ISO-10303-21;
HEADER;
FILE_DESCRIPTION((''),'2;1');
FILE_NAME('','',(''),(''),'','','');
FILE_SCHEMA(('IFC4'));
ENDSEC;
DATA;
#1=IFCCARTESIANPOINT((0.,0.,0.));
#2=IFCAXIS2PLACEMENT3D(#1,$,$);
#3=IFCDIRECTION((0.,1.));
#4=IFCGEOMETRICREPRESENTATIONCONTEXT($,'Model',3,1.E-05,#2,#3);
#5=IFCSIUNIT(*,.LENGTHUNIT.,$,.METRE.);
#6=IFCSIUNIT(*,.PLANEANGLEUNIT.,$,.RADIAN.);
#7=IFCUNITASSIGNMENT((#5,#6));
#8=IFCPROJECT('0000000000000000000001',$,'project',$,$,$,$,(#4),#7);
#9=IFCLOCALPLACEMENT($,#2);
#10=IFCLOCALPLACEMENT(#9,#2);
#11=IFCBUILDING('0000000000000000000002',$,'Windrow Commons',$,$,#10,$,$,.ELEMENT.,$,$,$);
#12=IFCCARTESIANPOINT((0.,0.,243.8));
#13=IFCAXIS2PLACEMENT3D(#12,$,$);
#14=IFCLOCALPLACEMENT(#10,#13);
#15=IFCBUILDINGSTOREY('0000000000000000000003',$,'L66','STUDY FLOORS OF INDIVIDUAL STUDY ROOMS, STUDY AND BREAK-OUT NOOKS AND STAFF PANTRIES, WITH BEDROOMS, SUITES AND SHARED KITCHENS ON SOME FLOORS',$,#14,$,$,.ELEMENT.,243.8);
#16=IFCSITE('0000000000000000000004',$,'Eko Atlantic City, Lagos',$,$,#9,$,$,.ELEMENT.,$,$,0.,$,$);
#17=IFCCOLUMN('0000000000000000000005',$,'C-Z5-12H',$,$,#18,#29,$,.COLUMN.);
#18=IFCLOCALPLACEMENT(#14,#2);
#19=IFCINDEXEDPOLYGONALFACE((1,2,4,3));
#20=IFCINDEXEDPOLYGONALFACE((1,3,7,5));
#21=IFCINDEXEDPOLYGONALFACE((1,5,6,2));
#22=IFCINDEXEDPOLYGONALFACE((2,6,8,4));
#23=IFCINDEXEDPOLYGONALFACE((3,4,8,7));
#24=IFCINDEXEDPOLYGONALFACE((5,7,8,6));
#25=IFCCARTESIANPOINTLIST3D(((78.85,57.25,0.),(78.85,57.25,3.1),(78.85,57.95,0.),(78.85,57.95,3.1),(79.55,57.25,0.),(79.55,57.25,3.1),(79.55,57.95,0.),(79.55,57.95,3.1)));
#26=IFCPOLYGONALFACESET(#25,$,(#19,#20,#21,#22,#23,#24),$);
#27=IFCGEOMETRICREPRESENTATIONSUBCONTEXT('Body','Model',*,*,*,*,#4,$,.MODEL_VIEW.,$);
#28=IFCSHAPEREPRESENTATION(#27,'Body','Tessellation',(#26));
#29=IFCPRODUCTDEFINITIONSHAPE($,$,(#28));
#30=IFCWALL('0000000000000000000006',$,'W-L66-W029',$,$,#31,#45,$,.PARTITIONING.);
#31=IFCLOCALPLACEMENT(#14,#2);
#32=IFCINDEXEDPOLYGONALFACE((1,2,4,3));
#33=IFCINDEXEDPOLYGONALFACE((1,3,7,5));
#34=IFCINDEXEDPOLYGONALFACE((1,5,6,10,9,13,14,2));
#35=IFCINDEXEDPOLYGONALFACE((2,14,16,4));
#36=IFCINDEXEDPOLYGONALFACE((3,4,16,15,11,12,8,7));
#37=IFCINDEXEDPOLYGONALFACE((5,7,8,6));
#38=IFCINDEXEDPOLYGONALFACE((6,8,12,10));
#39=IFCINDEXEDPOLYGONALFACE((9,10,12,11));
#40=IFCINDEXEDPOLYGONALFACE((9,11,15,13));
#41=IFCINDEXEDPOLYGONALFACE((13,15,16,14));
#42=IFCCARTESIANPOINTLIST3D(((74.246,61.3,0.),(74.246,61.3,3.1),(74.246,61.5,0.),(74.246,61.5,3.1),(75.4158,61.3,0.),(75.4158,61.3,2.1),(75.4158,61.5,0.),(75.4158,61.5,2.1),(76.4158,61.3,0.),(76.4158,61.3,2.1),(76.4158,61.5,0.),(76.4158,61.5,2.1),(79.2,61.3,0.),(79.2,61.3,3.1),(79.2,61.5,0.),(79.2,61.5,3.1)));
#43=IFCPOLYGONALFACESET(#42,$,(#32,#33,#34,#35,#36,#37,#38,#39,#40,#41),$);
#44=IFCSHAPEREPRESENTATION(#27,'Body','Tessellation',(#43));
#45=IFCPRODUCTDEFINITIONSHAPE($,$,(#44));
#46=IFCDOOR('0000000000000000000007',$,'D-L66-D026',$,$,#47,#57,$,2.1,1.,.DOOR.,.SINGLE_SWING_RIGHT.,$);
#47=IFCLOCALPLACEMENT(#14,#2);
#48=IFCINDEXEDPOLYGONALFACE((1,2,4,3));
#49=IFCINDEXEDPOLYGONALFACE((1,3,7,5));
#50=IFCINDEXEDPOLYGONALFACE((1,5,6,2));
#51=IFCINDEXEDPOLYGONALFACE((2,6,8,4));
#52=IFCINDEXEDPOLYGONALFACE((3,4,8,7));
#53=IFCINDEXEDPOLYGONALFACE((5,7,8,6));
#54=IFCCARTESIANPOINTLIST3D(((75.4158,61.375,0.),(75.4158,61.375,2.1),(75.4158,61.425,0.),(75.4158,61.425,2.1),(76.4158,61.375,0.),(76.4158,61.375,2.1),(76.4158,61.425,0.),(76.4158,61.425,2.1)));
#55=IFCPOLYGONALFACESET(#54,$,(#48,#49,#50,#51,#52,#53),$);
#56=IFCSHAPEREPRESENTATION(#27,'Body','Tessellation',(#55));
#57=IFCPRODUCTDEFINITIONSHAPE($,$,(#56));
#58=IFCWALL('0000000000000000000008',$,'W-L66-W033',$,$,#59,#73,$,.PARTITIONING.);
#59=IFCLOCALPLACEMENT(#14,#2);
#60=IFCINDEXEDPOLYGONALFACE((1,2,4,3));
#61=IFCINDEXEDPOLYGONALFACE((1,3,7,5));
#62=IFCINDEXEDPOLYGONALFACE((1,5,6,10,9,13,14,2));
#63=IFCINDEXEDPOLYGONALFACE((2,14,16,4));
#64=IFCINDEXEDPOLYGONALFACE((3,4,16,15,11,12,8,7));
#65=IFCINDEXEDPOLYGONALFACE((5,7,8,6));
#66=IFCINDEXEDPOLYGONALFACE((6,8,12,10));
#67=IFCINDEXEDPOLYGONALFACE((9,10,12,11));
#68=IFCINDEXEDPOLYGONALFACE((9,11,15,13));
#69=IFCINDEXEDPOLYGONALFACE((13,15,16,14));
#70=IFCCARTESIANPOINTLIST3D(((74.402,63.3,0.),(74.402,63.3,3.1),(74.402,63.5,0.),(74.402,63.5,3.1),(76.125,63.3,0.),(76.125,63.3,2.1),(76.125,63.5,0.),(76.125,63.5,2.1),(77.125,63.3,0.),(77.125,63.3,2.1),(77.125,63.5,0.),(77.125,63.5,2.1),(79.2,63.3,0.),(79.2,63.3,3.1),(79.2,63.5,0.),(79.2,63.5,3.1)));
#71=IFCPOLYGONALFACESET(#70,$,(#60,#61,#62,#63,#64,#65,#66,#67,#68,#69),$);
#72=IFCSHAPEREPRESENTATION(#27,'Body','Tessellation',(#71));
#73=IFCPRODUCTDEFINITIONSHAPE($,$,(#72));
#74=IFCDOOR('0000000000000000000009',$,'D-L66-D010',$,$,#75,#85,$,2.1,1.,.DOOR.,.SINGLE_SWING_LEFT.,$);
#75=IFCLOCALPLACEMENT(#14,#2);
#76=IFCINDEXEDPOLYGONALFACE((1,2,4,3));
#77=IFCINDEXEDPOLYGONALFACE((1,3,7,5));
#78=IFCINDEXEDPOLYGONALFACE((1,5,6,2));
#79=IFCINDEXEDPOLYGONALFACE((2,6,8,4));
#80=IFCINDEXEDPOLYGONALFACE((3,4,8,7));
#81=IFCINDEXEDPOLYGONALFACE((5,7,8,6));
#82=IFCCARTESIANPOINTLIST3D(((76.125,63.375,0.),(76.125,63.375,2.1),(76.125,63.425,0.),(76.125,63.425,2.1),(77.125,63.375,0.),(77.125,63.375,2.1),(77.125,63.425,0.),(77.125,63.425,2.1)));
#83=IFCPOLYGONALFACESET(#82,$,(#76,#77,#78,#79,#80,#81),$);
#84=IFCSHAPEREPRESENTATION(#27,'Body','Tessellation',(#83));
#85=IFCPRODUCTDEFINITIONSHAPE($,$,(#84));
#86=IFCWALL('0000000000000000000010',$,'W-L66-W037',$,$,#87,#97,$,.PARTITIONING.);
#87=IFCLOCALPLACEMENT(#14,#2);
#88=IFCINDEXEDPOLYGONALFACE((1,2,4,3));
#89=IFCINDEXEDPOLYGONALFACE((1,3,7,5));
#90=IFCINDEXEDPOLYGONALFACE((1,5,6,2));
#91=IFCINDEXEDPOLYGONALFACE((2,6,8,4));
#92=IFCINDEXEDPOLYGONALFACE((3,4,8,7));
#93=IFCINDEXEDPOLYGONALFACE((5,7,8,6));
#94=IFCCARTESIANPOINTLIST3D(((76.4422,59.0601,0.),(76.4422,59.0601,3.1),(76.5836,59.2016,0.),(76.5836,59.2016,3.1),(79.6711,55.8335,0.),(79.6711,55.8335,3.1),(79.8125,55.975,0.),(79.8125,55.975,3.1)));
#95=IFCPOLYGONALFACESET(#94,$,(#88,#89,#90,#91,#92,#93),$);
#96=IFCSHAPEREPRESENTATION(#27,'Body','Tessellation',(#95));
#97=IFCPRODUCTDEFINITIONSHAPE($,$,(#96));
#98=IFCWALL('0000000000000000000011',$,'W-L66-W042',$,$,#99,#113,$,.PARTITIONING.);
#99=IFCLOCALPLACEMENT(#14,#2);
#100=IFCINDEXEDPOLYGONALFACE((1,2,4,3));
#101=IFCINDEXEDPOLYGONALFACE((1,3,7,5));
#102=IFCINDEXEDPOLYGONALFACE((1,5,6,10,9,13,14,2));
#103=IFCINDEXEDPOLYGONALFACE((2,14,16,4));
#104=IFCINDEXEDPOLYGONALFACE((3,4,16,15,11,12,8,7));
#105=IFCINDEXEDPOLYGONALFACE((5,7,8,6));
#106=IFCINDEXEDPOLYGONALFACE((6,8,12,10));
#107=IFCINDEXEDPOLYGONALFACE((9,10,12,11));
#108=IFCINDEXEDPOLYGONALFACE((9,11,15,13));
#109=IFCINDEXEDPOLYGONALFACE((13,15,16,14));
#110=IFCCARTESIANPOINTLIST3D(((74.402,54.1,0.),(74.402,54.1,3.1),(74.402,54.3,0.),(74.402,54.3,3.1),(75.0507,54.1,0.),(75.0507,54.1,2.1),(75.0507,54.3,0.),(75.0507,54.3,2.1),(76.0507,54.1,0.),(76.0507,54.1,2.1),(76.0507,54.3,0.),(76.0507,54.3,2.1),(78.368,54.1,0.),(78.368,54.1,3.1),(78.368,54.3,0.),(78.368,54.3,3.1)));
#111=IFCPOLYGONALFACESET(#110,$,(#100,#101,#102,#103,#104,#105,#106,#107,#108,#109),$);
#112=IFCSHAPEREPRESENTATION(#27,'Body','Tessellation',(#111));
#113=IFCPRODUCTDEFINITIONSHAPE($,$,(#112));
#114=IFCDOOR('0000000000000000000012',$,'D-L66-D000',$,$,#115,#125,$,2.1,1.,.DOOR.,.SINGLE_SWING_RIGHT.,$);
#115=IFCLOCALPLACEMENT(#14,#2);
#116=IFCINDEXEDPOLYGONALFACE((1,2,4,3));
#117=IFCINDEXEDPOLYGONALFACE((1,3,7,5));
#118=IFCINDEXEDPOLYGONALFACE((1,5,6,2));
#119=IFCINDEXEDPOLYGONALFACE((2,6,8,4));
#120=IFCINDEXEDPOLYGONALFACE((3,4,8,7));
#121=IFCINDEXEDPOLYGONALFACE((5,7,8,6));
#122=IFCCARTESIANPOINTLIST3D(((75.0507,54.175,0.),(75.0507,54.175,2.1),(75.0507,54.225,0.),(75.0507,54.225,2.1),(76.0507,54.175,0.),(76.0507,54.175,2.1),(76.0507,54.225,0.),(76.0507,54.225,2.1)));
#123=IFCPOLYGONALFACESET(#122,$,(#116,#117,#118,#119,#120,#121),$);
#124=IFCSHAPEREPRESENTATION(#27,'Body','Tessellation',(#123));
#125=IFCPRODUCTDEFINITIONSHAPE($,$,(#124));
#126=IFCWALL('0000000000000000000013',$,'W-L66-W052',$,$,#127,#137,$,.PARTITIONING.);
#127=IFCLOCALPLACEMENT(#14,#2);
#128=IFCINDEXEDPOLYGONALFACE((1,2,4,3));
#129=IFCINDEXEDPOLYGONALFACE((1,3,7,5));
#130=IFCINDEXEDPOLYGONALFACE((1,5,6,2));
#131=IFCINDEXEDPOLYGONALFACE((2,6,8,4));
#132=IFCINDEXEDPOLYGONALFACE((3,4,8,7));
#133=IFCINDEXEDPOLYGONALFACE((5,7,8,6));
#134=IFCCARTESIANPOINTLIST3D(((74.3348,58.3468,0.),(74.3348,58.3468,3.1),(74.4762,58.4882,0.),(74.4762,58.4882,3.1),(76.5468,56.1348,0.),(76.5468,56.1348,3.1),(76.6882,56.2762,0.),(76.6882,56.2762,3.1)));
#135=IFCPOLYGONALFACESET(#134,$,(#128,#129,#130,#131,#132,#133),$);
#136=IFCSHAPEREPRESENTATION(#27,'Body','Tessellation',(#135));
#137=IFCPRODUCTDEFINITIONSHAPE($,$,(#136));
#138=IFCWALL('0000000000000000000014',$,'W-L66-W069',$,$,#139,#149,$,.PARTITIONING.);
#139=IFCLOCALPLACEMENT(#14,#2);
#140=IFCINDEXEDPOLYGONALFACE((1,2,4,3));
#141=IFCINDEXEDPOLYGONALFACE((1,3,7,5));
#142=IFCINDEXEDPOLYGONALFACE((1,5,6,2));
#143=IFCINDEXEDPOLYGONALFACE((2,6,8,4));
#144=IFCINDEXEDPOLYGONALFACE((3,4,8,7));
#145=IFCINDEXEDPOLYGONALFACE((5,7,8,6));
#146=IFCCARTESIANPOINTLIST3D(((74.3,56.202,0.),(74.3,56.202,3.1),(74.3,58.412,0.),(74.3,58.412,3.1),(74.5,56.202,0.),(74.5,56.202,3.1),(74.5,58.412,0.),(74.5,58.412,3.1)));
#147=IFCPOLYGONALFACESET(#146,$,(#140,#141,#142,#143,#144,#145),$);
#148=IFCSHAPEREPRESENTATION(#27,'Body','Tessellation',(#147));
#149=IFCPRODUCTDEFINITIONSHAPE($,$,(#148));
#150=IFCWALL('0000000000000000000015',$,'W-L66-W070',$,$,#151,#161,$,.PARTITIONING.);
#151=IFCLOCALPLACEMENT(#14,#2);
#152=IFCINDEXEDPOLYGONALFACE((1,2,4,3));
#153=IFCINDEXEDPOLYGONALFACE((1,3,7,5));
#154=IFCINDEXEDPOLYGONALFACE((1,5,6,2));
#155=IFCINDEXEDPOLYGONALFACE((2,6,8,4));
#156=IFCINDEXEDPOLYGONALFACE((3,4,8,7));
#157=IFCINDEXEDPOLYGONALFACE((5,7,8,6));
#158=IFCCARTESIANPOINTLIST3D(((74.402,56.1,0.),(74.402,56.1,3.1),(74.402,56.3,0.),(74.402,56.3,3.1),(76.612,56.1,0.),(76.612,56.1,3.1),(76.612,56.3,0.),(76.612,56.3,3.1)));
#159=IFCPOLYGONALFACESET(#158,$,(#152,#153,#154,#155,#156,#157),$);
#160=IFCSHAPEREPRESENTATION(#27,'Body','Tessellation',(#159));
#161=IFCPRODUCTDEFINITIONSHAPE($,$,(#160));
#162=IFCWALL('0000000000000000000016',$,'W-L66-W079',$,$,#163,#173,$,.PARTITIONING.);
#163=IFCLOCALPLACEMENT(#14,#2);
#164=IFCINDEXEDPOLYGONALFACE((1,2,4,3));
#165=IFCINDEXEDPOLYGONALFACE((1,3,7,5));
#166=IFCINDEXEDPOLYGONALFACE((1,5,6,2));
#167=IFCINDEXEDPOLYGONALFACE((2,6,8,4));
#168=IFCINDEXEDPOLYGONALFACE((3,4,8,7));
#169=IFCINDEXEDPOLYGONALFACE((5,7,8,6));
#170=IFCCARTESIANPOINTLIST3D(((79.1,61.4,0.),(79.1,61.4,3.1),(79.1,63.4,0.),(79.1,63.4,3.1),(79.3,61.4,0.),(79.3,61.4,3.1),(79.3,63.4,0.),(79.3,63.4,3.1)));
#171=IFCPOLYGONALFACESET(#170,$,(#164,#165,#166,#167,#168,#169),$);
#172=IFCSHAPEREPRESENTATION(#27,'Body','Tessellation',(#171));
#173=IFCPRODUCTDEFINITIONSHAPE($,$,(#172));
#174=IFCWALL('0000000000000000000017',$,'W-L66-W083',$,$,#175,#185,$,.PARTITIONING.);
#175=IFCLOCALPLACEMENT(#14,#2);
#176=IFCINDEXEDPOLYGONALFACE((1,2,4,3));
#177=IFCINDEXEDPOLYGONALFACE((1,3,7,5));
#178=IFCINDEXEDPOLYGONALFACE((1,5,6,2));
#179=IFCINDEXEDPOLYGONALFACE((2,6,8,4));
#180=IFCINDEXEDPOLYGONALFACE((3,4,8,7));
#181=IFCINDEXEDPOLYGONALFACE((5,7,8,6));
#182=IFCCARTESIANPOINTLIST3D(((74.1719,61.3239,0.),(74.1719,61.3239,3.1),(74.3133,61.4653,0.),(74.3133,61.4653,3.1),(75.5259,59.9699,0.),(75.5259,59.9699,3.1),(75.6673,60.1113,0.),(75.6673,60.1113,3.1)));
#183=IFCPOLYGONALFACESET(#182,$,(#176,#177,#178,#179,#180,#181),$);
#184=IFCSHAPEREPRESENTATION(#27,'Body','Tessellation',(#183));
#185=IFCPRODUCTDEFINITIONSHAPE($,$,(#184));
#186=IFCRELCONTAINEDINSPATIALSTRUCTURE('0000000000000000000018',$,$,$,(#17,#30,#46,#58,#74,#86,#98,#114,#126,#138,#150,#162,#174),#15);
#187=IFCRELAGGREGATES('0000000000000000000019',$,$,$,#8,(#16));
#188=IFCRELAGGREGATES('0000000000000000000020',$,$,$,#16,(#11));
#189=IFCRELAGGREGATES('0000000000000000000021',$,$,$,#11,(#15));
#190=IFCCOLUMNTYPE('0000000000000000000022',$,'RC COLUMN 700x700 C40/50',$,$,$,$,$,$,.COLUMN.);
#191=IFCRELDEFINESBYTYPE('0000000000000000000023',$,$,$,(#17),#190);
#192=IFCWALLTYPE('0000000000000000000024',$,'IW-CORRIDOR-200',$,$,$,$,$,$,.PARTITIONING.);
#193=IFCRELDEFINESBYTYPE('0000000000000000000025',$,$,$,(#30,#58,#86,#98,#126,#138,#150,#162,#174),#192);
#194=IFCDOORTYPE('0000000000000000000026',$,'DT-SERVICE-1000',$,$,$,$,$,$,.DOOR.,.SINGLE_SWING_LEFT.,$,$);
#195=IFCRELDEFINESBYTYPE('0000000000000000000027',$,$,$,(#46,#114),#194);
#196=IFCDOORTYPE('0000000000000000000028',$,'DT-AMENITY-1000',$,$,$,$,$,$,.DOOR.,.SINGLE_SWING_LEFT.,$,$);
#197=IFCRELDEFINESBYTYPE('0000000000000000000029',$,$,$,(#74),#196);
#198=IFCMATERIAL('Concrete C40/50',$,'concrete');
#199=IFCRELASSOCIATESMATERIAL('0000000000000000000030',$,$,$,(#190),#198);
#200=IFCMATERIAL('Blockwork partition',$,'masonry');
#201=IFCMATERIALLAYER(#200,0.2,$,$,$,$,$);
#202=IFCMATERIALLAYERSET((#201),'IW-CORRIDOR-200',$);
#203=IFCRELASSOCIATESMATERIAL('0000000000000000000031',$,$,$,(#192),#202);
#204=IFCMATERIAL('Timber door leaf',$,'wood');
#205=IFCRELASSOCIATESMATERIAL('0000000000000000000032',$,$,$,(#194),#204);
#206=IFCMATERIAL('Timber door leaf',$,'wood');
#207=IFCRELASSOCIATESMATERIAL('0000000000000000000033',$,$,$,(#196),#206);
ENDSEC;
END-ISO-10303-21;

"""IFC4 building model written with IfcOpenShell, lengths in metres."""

from ifc_helpers import new_model, si_unit, direction, frame, frame_2d, origin, origin_2d, place, context, subcontext, project, spatial, rectangle, extrude, material, layer, layer_set, material_profile, profile_set, type_object, element, fill, save


model = new_model("IFC4")

# Units and contexts
model_context = context("Model", 3, precision=1e-05, world=origin(), true_north=direction((0.0, 1.0)))
body_context = subcontext(model_context, "Body", "Model", "MODEL_VIEW")
ifc_project = project(units=[si_unit("LENGTHUNIT", "METRE"), si_unit("PLANEANGLEUNIT", "RADIAN")], contexts=[model_context])

# Site, building, storey
site_placement = place(None, origin())
site = spatial("IfcSite", under=ifc_project, at=site_placement, Name="Eko Atlantic City, Lagos", CompositionType="ELEMENT", RefElevation=0.0)
building_placement = place(site_placement, origin())
building = spatial("IfcBuilding", under=site, at=building_placement, Name="Windrow Commons", CompositionType="ELEMENT")
storey_placement = place(building_placement, frame((0.0, 0.0, 243.8)))
storey = spatial("IfcBuildingStorey", under=building, at=storey_placement, Name="L66", Description="STUDY FLOORS OF INDIVIDUAL STUDY ROOMS, STUDY AND BREAK-OUT NOOKS AND STAFF PANTRIES, WITH BEDROOMS, SUITES AND SHARED KITCHENS ON SOME FLOORS", CompositionType="ELEMENT", Elevation=243.8)

# Column
ifc_material_1 = material(Name="Concrete C40/50", Category="concrete")
ifc_material_profile = material_profile(ifc_material_1, rectangle(XDim=0.7, YDim=0.7, at=origin_2d()))
ifc_profile_set = profile_set([ifc_material_profile], Name="Concrete C40/50")
column_type = type_object("IfcColumnType", Name="RC COLUMN 700x700 C40/50", PredefinedType="COLUMN", material=ifc_profile_set)
column_placement = place(storey_placement, frame((79.2, 57.6, 0.0), z_axis=(0.0, 0.0, 1.0), x_axis=(1.0, 0.0, 0.0)))
element("IfcColumn", 1, at=column_placement, inside=storey, type_object=column_type, Name="C-Z5-12H", PredefinedType="COLUMN", context=body_context, shape_type="SweptSolid", body=[
    extrude(rectangle(XDim=0.7, YDim=0.7, at=origin_2d()), origin(), (0.0, 0.0, 1.0), 3.1),
])

# Walls, openings, doors
ifc_material_2 = material(Name="Blockwork partition", Category="masonry")
ifc_layer_1 = layer(ifc_material_2, 0.2)
ifc_layer_set_1 = layer_set([ifc_layer_1], Name="IW-CORRIDOR-200")
wall_type_1 = type_object("IfcWallType", Name="IW-CORRIDOR-200", PredefinedType="PARTITIONING", material=ifc_layer_set_1)
wall_1_placement = place(storey_placement, frame((74.246, 61.4, 0.0), z_axis=(0.0, 0.0, 1.0), x_axis=(1.0, 0.0, 0.0)))
wall_1 = element("IfcWall", 2, at=wall_1_placement, inside=storey, type_object=wall_type_1, Name="W-L66-W029", PredefinedType="PARTITIONING", context=body_context, shape_type="SweptSolid", body=[
    extrude(rectangle(XDim=4.954, YDim=0.2, at=frame_2d((2.477, 0.0))), origin(), (0.0, 0.0, 1.0), 3.1),
])
opening_1_placement = place(wall_1_placement, frame((1.1698, 0.0, 0.0)))
opening_1 = element("IfcOpeningElement", 3, at=opening_1_placement, cuts=wall_1, PredefinedType="OPENING", context=body_context, shape_type="SweptSolid", body=[
    extrude(rectangle(XDim=1.0, YDim=2.1, at=frame_2d((0.5, 1.05))), frame((0.0, 0.11, 0.0), z_axis=(0.0, -1.0, 0.0), x_axis=(1.0, 0.0, 0.0)), (0.0, 0.0, 1.0), 0.22),
])
ifc_material_3 = material(Name="Timber door leaf", Category="wood")
door_type_1 = type_object("IfcDoorType", Name="DT-SERVICE-1000", OperationType="SINGLE_SWING_LEFT", PredefinedType="DOOR", material=ifc_material_3)
door_1_placement = place(opening_1_placement, origin())
door_1 = element("IfcDoor", 4, at=door_1_placement, inside=storey, type_object=door_type_1, Name="D-L66-D026", OperationType="SINGLE_SWING_RIGHT", OverallHeight=2.1, OverallWidth=1.0, PredefinedType="DOOR", context=body_context, shape_type="SweptSolid", body=[
    extrude(rectangle(XDim=1.0, YDim=2.1, at=frame_2d((0.5, 1.05))), frame((0.0, 0.025, 0.0), z_axis=(0.0, -1.0, 0.0), x_axis=(1.0, 0.0, 0.0)), (0.0, 0.0, 1.0), 0.05),
])
fill(opening_1, door_1)
wall_2_placement = place(storey_placement, frame((74.402, 63.4, 0.0), z_axis=(0.0, 0.0, 1.0), x_axis=(1.0, 0.0, 0.0)))
wall_2 = element("IfcWall", 5, at=wall_2_placement, inside=storey, type_object=wall_type_1, Name="W-L66-W033", PredefinedType="PARTITIONING", context=body_context, shape_type="SweptSolid", body=[
    extrude(rectangle(XDim=4.798, YDim=0.2, at=frame_2d((2.399, 0.0))), origin(), (0.0, 0.0, 1.0), 3.1),
])
opening_2_placement = place(wall_2_placement, frame((1.723, 0.0, 0.0)))
opening_2 = element("IfcOpeningElement", 6, at=opening_2_placement, cuts=wall_2, PredefinedType="OPENING", context=body_context, shape_type="SweptSolid", body=[
    extrude(rectangle(XDim=1.0, YDim=2.1, at=frame_2d((0.5, 1.05))), frame((0.0, 0.11, 0.0), z_axis=(0.0, -1.0, 0.0), x_axis=(1.0, 0.0, 0.0)), (0.0, 0.0, 1.0), 0.22),
])
ifc_material_4 = material(Name="Timber door leaf", Category="wood")
door_type_2 = type_object("IfcDoorType", Name="DT-AMENITY-1000", OperationType="SINGLE_SWING_LEFT", PredefinedType="DOOR", material=ifc_material_4)
door_2_placement = place(opening_2_placement, origin())
door_2 = element("IfcDoor", 7, at=door_2_placement, inside=storey, type_object=door_type_2, Name="D-L66-D010", OperationType="SINGLE_SWING_LEFT", OverallHeight=2.1, OverallWidth=1.0, PredefinedType="DOOR", context=body_context, shape_type="SweptSolid", body=[
    extrude(rectangle(XDim=1.0, YDim=2.1, at=frame_2d((0.5, 1.05))), frame((0.0, 0.025, 0.0), z_axis=(0.0, -1.0, 0.0), x_axis=(1.0, 0.0, 0.0)), (0.0, 0.0, 1.0), 0.05),
])
fill(opening_2, door_2)

# Wall
wall_3_placement = place(storey_placement, frame((76.5129, 59.1309, 0.0), z_axis=(0.0, 0.0, 1.0), x_axis=(0.707359, -0.706855, 0.0)))
element("IfcWall", 8, at=wall_3_placement, inside=storey, type_object=wall_type_1, Name="W-L66-W037", PredefinedType="PARTITIONING", context=body_context, shape_type="SweptSolid", body=[
    extrude(rectangle(XDim=4.5647, YDim=0.2, at=frame_2d((2.2824, 0.0))), origin(), (0.0, 0.0, 1.0), 3.1),
])

# Wall, opening, door
wall_4_placement = place(storey_placement, frame((74.402, 54.2, 0.0), z_axis=(0.0, 0.0, 1.0), x_axis=(1.0, 0.0, 0.0)))
wall_4 = element("IfcWall", 9, at=wall_4_placement, inside=storey, type_object=wall_type_1, Name="W-L66-W042", PredefinedType="PARTITIONING", context=body_context, shape_type="SweptSolid", body=[
    extrude(rectangle(XDim=3.966, YDim=0.2, at=frame_2d((1.983, 0.0))), origin(), (0.0, 0.0, 1.0), 3.1),
])
opening_3_placement = place(wall_4_placement, frame((0.6487, 0.0, 0.0)))
opening_3 = element("IfcOpeningElement", 10, at=opening_3_placement, cuts=wall_4, PredefinedType="OPENING", context=body_context, shape_type="SweptSolid", body=[
    extrude(rectangle(XDim=1.0, YDim=2.1, at=frame_2d((0.5, 1.05))), frame((0.0, 0.11, 0.0), z_axis=(0.0, -1.0, 0.0), x_axis=(1.0, 0.0, 0.0)), (0.0, 0.0, 1.0), 0.22),
])
door_3_placement = place(opening_3_placement, origin())
door_3 = element("IfcDoor", 11, at=door_3_placement, inside=storey, type_object=door_type_1, Name="D-L66-D000", OperationType="SINGLE_SWING_RIGHT", OverallHeight=2.1, OverallWidth=1.0, PredefinedType="DOOR", context=body_context, shape_type="SweptSolid", body=[
    extrude(rectangle(XDim=1.0, YDim=2.1, at=frame_2d((0.5, 1.05))), frame((0.0, 0.025, 0.0), z_axis=(0.0, -1.0, 0.0), x_axis=(1.0, 0.0, 0.0)), (0.0, 0.0, 1.0), 0.05),
])
fill(opening_3, door_3)

# Walls
wall_5_placement = place(storey_placement, frame((74.4055, 58.4175, 0.0), z_axis=(0.0, 0.0, 1.0), x_axis=(0.707107, -0.707107, 0.0)))
element("IfcWall", 12, at=wall_5_placement, inside=storey, type_object=wall_type_1, Name="W-L66-W052", PredefinedType="PARTITIONING", context=body_context, shape_type="SweptSolid", body=[
    extrude(rectangle(XDim=3.1282, YDim=0.2, at=frame_2d((1.5641, 0.0))), origin(), (0.0, 0.0, 1.0), 3.1),
])
for number, where, z_axis, x_axis, name in (
    (13, (74.4, 56.202, 0.0), (0.0, 0.0, 1.0), (0.0, 1.0, 0.0), "W-L66-W069"),
    (14, (74.402, 56.2, 0.0), (0.0, 0.0, 1.0), (1.0, 0.0, 0.0), "W-L66-W070"),
):
    element("IfcWall", number, at=place(storey_placement, frame(where, z_axis=z_axis, x_axis=x_axis)), inside=storey, type_object=wall_type_1, Name=name, PredefinedType="PARTITIONING", context=body_context, shape_type="SweptSolid", body=[
        extrude(rectangle(XDim=2.21, YDim=0.2, at=frame_2d((1.105, 0.0))), origin(), (0.0, 0.0, 1.0), 3.1),
    ])
wall_6_placement = place(storey_placement, frame((79.2, 61.4, 0.0), z_axis=(0.0, 0.0, 1.0), x_axis=(0.0, 1.0, 0.0)))
element("IfcWall", 15, at=wall_6_placement, inside=storey, type_object=wall_type_1, Name="W-L66-W079", PredefinedType="PARTITIONING", context=body_context, shape_type="SweptSolid", body=[
    extrude(rectangle(XDim=2.0, YDim=0.2, at=frame_2d((1.0, 0.0))), origin(), (0.0, 0.0, 1.0), 3.1),
])
wall_7_placement = place(storey_placement, frame((74.2426, 61.3946, 0.0), z_axis=(0.0, 0.0, 1.0), x_axis=(0.707107, -0.707107, 0.0)))
element("IfcWall", 16, at=wall_7_placement, inside=storey, type_object=wall_type_1, Name="W-L66-W083", PredefinedType="PARTITIONING", context=body_context, shape_type="SweptSolid", body=[
    extrude(rectangle(XDim=1.9148, YDim=0.2, at=frame_2d((0.9574, 0.0))), origin(), (0.0, 0.0, 1.0), 3.1),
])

save(model, "model.ifc")
